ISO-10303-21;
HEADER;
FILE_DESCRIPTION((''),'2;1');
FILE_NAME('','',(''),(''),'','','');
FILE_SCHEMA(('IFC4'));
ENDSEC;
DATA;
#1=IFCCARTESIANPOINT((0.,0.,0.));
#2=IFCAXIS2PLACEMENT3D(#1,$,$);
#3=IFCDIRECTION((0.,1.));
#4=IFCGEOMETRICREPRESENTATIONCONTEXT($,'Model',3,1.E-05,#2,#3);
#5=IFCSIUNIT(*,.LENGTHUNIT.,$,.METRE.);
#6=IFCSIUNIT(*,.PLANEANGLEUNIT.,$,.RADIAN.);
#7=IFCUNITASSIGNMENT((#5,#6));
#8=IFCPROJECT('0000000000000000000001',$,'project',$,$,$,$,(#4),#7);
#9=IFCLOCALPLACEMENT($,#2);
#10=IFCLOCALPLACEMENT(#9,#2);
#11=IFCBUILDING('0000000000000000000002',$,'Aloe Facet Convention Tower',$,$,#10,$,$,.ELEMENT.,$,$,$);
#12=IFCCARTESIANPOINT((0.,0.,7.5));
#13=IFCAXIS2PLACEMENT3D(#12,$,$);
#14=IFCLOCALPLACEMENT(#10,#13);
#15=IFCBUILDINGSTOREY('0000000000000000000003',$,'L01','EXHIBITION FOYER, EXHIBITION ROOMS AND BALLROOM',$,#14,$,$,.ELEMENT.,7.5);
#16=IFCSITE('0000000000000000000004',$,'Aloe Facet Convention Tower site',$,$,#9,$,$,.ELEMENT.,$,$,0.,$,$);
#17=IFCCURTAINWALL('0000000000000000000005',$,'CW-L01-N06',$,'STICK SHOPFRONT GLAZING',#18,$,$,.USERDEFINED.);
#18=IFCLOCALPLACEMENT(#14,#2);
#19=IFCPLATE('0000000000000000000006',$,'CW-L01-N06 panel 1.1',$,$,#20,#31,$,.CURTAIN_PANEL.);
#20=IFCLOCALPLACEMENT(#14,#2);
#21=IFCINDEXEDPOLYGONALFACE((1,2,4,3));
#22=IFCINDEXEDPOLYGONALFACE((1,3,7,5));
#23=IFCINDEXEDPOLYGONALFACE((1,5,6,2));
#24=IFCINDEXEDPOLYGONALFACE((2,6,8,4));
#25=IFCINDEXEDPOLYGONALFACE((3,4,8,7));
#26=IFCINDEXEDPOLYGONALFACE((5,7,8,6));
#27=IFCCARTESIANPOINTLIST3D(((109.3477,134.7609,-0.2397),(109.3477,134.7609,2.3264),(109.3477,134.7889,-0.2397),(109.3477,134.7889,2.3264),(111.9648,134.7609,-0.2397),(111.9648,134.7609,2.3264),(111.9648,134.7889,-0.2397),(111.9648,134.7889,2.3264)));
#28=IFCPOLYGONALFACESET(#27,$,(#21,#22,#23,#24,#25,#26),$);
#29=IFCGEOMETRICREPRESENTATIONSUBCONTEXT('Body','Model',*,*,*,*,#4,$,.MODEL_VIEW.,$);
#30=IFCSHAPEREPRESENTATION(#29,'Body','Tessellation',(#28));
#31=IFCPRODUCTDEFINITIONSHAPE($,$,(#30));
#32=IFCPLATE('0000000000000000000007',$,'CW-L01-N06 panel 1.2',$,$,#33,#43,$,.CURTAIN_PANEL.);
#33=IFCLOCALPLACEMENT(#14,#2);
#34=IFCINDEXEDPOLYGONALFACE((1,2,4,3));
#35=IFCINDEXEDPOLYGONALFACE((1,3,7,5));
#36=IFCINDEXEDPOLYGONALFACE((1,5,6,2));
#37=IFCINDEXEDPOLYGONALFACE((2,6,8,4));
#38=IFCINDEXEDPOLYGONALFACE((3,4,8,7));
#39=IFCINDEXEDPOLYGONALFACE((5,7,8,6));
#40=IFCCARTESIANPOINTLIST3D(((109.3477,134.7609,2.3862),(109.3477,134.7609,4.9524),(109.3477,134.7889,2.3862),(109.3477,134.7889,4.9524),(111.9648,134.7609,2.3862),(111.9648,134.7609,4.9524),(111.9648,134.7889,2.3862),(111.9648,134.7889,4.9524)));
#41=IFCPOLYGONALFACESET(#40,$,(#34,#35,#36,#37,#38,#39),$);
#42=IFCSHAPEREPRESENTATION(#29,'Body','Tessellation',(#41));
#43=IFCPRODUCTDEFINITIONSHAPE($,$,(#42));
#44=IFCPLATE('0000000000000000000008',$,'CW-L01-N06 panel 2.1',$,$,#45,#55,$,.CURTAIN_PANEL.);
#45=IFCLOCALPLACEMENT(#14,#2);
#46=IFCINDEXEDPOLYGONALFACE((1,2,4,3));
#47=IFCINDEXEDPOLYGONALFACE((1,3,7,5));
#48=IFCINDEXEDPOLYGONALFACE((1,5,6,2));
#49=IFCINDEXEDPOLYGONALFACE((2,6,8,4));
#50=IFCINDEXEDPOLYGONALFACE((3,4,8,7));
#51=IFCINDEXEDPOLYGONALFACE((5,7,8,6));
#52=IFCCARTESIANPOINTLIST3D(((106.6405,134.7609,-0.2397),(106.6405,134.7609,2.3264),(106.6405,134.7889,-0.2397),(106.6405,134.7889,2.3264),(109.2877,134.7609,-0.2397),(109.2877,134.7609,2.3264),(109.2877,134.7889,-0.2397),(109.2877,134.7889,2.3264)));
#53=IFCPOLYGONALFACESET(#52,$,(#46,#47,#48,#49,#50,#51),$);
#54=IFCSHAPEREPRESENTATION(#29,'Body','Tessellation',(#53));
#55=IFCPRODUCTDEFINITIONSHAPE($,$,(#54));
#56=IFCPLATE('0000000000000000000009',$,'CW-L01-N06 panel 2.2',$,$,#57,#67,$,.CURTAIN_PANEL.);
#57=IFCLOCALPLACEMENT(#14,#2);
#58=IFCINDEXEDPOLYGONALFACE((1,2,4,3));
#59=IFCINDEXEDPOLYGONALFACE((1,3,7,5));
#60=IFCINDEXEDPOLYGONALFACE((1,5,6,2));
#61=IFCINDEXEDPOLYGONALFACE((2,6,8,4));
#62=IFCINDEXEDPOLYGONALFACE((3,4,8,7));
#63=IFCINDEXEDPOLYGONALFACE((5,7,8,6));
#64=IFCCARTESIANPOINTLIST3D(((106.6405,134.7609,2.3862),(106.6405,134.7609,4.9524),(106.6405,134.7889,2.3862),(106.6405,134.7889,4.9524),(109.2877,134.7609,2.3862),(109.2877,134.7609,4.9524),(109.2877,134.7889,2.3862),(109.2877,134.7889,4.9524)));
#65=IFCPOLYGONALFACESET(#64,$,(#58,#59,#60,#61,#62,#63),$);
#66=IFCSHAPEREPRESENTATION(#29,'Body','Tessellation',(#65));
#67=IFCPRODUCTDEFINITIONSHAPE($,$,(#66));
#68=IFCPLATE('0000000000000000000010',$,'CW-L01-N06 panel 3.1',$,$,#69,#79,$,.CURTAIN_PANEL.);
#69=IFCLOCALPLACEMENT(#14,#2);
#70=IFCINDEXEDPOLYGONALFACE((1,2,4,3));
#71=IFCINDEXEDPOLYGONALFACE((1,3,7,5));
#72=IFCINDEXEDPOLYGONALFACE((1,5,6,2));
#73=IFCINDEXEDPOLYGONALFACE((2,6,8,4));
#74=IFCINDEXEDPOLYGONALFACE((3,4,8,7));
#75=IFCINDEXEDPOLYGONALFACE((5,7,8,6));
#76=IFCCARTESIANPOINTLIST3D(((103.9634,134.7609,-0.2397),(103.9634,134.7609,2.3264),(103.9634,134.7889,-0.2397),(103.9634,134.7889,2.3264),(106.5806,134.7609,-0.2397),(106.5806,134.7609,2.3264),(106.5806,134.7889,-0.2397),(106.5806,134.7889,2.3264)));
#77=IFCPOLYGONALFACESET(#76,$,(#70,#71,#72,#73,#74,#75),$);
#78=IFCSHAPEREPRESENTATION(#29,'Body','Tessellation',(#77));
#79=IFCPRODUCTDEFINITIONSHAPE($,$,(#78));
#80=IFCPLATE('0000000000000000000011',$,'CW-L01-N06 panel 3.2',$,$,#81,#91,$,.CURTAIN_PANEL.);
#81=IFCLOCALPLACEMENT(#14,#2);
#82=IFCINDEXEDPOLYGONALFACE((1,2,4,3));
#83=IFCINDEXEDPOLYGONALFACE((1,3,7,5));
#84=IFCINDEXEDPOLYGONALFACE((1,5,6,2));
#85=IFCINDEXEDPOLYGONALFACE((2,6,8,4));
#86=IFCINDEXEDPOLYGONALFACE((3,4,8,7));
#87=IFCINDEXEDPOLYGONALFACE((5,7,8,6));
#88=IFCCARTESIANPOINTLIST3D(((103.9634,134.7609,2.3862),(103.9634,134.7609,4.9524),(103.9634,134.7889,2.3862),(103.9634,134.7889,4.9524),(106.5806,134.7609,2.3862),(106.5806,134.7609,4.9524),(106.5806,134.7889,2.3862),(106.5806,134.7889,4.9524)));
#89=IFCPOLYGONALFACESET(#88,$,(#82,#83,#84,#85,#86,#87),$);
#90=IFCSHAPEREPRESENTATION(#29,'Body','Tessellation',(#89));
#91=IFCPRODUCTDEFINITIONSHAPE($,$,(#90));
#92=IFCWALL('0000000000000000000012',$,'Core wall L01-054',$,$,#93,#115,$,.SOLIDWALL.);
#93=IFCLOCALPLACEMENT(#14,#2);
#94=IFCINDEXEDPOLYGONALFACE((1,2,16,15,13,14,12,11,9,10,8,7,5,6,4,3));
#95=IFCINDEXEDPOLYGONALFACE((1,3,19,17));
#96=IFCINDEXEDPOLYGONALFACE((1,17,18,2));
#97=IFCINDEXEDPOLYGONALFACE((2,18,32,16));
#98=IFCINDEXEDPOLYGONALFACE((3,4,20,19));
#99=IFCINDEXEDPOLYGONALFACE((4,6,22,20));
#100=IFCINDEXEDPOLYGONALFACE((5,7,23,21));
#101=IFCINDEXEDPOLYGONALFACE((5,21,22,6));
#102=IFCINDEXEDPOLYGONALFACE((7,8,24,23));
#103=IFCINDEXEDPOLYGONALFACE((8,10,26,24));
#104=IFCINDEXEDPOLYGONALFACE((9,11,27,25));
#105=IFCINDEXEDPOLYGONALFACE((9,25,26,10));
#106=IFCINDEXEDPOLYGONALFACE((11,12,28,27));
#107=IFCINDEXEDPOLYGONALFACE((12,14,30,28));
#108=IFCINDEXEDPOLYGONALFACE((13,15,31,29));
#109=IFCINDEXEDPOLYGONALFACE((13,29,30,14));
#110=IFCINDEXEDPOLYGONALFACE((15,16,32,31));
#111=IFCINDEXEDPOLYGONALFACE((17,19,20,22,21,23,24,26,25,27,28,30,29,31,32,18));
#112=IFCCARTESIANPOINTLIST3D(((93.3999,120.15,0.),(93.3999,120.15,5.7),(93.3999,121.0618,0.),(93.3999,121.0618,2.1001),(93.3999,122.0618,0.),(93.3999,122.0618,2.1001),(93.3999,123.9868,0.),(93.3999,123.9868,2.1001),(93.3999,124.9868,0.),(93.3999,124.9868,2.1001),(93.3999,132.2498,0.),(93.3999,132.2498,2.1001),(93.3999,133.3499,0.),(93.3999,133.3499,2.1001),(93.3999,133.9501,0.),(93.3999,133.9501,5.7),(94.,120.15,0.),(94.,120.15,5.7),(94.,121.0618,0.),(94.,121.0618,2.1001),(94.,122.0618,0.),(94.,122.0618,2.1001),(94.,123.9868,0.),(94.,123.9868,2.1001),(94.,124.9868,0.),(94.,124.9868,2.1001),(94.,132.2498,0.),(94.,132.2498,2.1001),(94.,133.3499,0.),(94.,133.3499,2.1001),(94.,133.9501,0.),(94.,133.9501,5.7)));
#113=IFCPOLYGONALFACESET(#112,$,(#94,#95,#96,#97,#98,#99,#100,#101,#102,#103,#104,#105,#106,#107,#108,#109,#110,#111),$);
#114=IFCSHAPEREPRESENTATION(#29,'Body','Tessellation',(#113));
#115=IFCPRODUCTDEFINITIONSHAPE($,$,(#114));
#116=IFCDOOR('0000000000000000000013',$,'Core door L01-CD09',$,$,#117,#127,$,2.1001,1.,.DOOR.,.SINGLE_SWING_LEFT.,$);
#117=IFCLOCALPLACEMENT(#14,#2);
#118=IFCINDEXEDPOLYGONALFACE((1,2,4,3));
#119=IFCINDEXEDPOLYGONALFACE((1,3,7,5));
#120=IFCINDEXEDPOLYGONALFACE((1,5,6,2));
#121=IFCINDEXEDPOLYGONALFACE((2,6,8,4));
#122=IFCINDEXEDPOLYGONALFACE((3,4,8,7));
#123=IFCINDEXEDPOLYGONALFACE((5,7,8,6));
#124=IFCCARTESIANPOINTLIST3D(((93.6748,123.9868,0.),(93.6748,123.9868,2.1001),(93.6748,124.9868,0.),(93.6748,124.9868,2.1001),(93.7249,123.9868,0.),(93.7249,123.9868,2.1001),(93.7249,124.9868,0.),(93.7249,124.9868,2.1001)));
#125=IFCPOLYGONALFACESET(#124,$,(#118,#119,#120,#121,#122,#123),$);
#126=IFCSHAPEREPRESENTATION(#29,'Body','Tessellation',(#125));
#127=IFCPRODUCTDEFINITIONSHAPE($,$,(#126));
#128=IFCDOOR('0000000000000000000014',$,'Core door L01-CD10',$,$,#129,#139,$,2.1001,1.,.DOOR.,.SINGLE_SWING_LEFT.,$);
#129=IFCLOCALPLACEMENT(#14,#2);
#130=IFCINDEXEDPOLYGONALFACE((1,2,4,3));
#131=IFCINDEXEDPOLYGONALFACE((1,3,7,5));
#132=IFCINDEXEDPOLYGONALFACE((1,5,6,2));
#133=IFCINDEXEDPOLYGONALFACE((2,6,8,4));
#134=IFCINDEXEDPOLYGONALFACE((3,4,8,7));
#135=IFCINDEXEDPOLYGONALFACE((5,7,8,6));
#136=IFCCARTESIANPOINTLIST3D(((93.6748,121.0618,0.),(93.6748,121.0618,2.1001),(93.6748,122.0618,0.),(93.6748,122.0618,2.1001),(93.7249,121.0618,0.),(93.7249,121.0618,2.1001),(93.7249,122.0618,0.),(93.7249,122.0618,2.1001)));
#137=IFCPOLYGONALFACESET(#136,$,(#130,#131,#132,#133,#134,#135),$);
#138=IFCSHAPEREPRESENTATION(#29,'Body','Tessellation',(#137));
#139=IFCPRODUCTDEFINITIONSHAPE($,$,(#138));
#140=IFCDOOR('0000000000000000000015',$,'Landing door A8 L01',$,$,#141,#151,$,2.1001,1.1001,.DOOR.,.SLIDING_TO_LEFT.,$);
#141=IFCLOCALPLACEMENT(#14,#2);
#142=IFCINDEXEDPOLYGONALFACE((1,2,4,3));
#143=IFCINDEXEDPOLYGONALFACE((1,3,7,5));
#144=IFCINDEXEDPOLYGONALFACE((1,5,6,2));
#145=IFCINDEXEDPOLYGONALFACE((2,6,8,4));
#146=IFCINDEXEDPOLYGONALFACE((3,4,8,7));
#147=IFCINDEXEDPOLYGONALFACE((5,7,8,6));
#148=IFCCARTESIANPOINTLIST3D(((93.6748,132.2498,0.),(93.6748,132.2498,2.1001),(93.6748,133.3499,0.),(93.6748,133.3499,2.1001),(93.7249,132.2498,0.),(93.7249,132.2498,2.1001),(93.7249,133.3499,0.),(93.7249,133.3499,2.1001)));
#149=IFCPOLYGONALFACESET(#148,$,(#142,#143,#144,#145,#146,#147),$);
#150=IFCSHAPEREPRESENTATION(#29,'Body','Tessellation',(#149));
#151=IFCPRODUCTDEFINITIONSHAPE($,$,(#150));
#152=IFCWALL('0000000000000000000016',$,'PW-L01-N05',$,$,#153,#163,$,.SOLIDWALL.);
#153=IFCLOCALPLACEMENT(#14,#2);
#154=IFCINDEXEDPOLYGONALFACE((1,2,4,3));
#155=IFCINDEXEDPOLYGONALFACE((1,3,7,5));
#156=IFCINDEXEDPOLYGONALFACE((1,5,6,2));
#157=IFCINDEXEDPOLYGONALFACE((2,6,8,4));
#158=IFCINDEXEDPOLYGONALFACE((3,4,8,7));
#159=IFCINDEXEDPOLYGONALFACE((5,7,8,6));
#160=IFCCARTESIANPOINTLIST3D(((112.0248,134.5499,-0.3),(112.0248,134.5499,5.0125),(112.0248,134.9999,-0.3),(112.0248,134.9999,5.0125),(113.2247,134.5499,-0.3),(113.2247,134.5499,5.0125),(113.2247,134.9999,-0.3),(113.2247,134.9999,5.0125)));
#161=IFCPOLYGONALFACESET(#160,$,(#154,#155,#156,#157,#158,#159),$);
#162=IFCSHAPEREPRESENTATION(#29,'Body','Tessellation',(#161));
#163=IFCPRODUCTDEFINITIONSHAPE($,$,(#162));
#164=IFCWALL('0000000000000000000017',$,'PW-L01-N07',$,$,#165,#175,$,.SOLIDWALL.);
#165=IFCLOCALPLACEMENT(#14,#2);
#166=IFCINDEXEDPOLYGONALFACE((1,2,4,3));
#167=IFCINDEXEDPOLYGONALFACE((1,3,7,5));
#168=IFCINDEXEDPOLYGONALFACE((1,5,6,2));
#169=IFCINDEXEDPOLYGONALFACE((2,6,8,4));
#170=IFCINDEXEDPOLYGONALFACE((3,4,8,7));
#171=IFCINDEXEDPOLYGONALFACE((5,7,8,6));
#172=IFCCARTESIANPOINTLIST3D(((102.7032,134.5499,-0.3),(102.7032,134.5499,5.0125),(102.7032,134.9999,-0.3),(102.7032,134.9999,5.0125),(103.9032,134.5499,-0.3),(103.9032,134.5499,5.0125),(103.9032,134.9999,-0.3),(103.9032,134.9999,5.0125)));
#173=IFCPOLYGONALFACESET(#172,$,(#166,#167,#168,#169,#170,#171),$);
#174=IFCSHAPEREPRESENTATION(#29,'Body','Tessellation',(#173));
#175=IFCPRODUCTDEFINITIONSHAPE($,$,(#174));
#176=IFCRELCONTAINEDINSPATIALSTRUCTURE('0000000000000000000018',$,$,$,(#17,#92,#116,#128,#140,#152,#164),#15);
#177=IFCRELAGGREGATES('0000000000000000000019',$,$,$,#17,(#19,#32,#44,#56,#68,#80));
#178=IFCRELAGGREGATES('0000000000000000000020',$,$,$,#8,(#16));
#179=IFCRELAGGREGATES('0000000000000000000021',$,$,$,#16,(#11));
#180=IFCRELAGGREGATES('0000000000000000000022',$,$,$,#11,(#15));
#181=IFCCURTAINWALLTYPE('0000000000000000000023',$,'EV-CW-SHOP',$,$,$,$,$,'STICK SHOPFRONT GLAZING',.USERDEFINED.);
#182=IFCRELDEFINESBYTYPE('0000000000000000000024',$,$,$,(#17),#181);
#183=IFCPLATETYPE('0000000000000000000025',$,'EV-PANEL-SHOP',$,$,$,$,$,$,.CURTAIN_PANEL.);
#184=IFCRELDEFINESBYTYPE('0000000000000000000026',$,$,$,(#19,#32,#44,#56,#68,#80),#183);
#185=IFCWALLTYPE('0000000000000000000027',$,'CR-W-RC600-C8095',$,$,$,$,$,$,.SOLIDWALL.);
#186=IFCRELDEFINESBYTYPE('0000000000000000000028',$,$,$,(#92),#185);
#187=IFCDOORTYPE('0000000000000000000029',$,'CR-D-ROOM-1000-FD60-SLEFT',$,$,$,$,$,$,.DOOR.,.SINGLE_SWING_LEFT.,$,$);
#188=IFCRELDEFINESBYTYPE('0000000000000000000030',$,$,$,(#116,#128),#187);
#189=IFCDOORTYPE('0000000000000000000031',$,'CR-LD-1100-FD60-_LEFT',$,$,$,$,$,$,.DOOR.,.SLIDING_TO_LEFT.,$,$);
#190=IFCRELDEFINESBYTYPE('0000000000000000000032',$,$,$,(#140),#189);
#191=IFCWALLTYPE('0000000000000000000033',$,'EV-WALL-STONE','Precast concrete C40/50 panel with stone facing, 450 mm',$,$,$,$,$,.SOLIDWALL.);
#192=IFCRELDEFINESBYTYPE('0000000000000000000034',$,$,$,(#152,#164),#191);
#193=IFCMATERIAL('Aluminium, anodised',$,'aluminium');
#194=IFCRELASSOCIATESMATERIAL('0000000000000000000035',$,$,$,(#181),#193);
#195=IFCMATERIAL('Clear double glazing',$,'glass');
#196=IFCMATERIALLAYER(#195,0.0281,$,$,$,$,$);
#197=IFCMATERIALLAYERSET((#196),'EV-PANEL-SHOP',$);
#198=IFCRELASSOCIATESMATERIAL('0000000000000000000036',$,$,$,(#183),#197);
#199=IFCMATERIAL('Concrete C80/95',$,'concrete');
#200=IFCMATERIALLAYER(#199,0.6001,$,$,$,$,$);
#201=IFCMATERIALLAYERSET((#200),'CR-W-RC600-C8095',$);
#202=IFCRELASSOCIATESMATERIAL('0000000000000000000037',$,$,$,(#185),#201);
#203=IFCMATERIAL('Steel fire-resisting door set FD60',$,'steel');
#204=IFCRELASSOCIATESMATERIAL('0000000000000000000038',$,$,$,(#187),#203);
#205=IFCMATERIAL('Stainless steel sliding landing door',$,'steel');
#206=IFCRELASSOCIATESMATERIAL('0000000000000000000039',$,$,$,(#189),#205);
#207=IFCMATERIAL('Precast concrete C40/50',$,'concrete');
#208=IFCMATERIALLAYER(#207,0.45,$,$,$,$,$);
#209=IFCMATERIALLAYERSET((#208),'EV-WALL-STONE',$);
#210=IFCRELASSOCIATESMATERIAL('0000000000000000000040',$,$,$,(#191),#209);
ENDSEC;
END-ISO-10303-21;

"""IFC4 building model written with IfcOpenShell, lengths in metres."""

from ifc_helpers import new_model, si_unit, direction, frame, frame_2d, origin, origin_2d, place, context, subcontext, project, spatial, rectangle, extrude, material, layer, layer_set, type_object, element, fill, aggregate, save


model = new_model("IFC4")

# Units and contexts
model_context = context("Model", 3, precision=1e-05, world=origin(), true_north=direction((0.0, 1.0)))
body_context = subcontext(model_context, "Body", "Model", "MODEL_VIEW")
ifc_project = project(units=[si_unit("LENGTHUNIT", "METRE"), si_unit("PLANEANGLEUNIT", "RADIAN")], contexts=[model_context])

# Site, building, storey
site_placement = place(None, origin())
site = spatial("IfcSite", under=ifc_project, at=site_placement, Name="Aloe Facet Convention Tower site", CompositionType="ELEMENT", RefElevation=0.0)
building_placement = place(site_placement, origin())
building = spatial("IfcBuilding", under=site, at=building_placement, Name="Aloe Facet Convention Tower", CompositionType="ELEMENT")
storey_placement = place(building_placement, frame((0.0, 0.0, 7.5)))
storey = spatial("IfcBuildingStorey", under=building, at=storey_placement, Name="L01", Description="EXHIBITION FOYER, EXHIBITION ROOMS AND BALLROOM", CompositionType="ELEMENT", Elevation=7.5)

# Shared definitions
ifc_material_1 = material(Name="Aluminium, anodised", Category="aluminium")
curtain_wall_type = type_object("IfcCurtainWallType", Name="EV-CW-SHOP", ElementType="STICK SHOPFRONT GLAZING", PredefinedType="USERDEFINED", material=ifc_material_1)

# Curtain wall
curtain_wall_1_placement = place(storey_placement, origin())
curtain_wall_1 = element("IfcCurtainWall", 1, at=curtain_wall_1_placement, inside=storey, type_object=curtain_wall_type, Name="CW-L01-N06", ObjectType="STICK SHOPFRONT GLAZING", PredefinedType="USERDEFINED")

# Plates
ifc_material_2 = material(Name="Clear double glazing", Category="glass")
ifc_layer_1 = layer(ifc_material_2, 0.0281)
ifc_layer_set_1 = layer_set([ifc_layer_1], Name="EV-PANEL-SHOP")
plate_type = type_object("IfcPlateType", Name="EV-PANEL-SHOP", PredefinedType="CURTAIN_PANEL", material=ifc_layer_set_1)
plate_1_placement = place(storey_placement, frame((110.6562, 134.7749, -0.2397), z_axis=(0.0, 0.0, 1.0), x_axis=(-1.0, 0.0, 0.0)))
plate_1 = element("IfcPlate", 2, at=plate_1_placement, type_object=plate_type, Name="CW-L01-N06 panel 1.1", PredefinedType="CURTAIN_PANEL", context=body_context, shape_type="SweptSolid", body=[
    extrude(rectangle(XDim=2.6172, YDim=0.0281, at=origin_2d()), origin(), (0.0, 0.0, 1.0), 2.5662),
])
plate_2_placement = place(storey_placement, frame((110.6562, 134.7749, 2.3862), z_axis=(0.0, 0.0, 1.0), x_axis=(-1.0, 0.0, 0.0)))
plate_2 = element("IfcPlate", 3, at=plate_2_placement, type_object=plate_type, Name="CW-L01-N06 panel 1.2", PredefinedType="CURTAIN_PANEL", context=body_context, shape_type="SweptSolid", body=[
    extrude(rectangle(XDim=2.6172, YDim=0.0281, at=origin_2d()), origin(), (0.0, 0.0, 1.0), 2.5662),
])
plate_3_placement = place(storey_placement, frame((107.9641, 134.7749, -0.2397), z_axis=(0.0, 0.0, 1.0), x_axis=(-1.0, 0.0, 0.0)))
plate_3 = element("IfcPlate", 4, at=plate_3_placement, type_object=plate_type, Name="CW-L01-N06 panel 2.1", PredefinedType="CURTAIN_PANEL", context=body_context, shape_type="SweptSolid", body=[
    extrude(rectangle(XDim=2.6472, YDim=0.0281, at=origin_2d()), origin(), (0.0, 0.0, 1.0), 2.5662),
])
plate_4_placement = place(storey_placement, frame((107.9641, 134.7749, 2.3862), z_axis=(0.0, 0.0, 1.0), x_axis=(-1.0, 0.0, 0.0)))
plate_4 = element("IfcPlate", 5, at=plate_4_placement, type_object=plate_type, Name="CW-L01-N06 panel 2.2", PredefinedType="CURTAIN_PANEL", context=body_context, shape_type="SweptSolid", body=[
    extrude(rectangle(XDim=2.6472, YDim=0.0281, at=origin_2d()), origin(), (0.0, 0.0, 1.0), 2.5662),
])
plate_5_placement = place(storey_placement, frame((105.272, 134.7749, -0.2397), z_axis=(0.0, 0.0, 1.0), x_axis=(-1.0, 0.0, 0.0)))
plate_5 = element("IfcPlate", 6, at=plate_5_placement, type_object=plate_type, Name="CW-L01-N06 panel 3.1", PredefinedType="CURTAIN_PANEL", context=body_context, shape_type="SweptSolid", body=[
    extrude(rectangle(XDim=2.6172, YDim=0.0281, at=origin_2d()), origin(), (0.0, 0.0, 1.0), 2.5662),
])
plate_6_placement = place(storey_placement, frame((105.272, 134.7749, 2.3862), z_axis=(0.0, 0.0, 1.0), x_axis=(-1.0, 0.0, 0.0)))
plate_6 = element("IfcPlate", 7, at=plate_6_placement, type_object=plate_type, Name="CW-L01-N06 panel 3.2", PredefinedType="CURTAIN_PANEL", context=body_context, shape_type="SweptSolid", body=[
    extrude(rectangle(XDim=2.6172, YDim=0.0281, at=origin_2d()), origin(), (0.0, 0.0, 1.0), 2.5662),
])
aggregate(curtain_wall_1, [plate_1, plate_2, plate_3, plate_4, plate_5, plate_6])

# Wall, openings, doors
ifc_material_3 = material(Name="Concrete C80/95", Category="concrete")
ifc_layer_2 = layer(ifc_material_3, 0.6001)
ifc_layer_set_2 = layer_set([ifc_layer_2], Name="CR-W-RC600-C8095")
wall_type_1 = type_object("IfcWallType", Name="CR-W-RC600-C8095", PredefinedType="SOLIDWALL", material=ifc_layer_set_2)
wall_1_placement = place(storey_placement, frame((93.7, 133.95, 0.0), z_axis=(0.0, 0.0, 1.0), x_axis=(0.0, -1.0, 0.0)))
wall_1 = element("IfcWall", 8, at=wall_1_placement, inside=storey, type_object=wall_type_1, Name="Core wall L01-054", PredefinedType="SOLIDWALL", context=body_context, shape_type="SweptSolid", body=[
    extrude(rectangle(XDim=13.8, YDim=0.6001, at=frame_2d((6.8999, 0.0))), origin(), (0.0, 0.0, 1.0), 5.7),
])
opening_1_placement = place(wall_1_placement, frame((0.6001, 0.0, 0.0)))
opening_1 = element("IfcOpeningElement", 9, at=opening_1_placement, cuts=wall_1, PredefinedType="OPENING", context=body_context, shape_type="SweptSolid", body=[
    extrude(rectangle(XDim=1.1001, YDim=2.1001, at=frame_2d((0.55, 1.05))), frame((0.0, 0.3101, 0.0), z_axis=(0.0, -1.0, 0.0), x_axis=(1.0, 0.0, 0.0)), (0.0, 0.0, 1.0), 0.6201),
])
opening_2_placement = place(wall_1_placement, frame((8.9631, 0.0, 0.0)))
opening_2 = element("IfcOpeningElement", 10, at=opening_2_placement, cuts=wall_1, PredefinedType="OPENING", context=body_context, shape_type="SweptSolid", body=[
    extrude(rectangle(XDim=1.0, YDim=2.1001, at=frame_2d((0.5, 1.05))), frame((0.0, 0.3101, 0.0), z_axis=(0.0, -1.0, 0.0), x_axis=(1.0, 0.0, 0.0)), (0.0, 0.0, 1.0), 0.6201),
])
opening_3_placement = place(wall_1_placement, frame((11.8882, 0.0, 0.0)))
opening_3 = element("IfcOpeningElement", 11, at=opening_3_placement, cuts=wall_1, PredefinedType="OPENING", context=body_context, shape_type="SweptSolid", body=[
    extrude(rectangle(XDim=1.0, YDim=2.1001, at=frame_2d((0.5, 1.05))), frame((0.0, 0.3101, 0.0), z_axis=(0.0, -1.0, 0.0), x_axis=(1.0, 0.0, 0.0)), (0.0, 0.0, 1.0), 0.6201),
])
ifc_material_4 = material(Name="Steel fire-resisting door set FD60", Category="steel")
door_type_1 = type_object("IfcDoorType", Name="CR-D-ROOM-1000-FD60-SLEFT", OperationType="SINGLE_SWING_LEFT", PredefinedType="DOOR", material=ifc_material_4)
door_1_placement = place(opening_2_placement, origin())
door_1 = element("IfcDoor", 12, at=door_1_placement, inside=storey, type_object=door_type_1, Name="Core door L01-CD09", OperationType="SINGLE_SWING_LEFT", OverallHeight=2.1001, OverallWidth=1.0, PredefinedType="DOOR", context=body_context, shape_type="SweptSolid", body=[
    extrude(rectangle(XDim=1.0, YDim=2.1001, at=frame_2d((0.5, 1.05))), frame((0.0, 0.0249, 0.0), z_axis=(0.0, -1.0, 0.0), x_axis=(1.0, 0.0, 0.0)), (0.0, 0.0, 1.0), 0.05),
])
fill(opening_2, door_1)
door_2_placement = place(opening_3_placement, origin())
door_2 = element("IfcDoor", 13, at=door_2_placement, inside=storey, type_object=door_type_1, Name="Core door L01-CD10", OperationType="SINGLE_SWING_LEFT", OverallHeight=2.1001, OverallWidth=1.0, PredefinedType="DOOR", context=body_context, shape_type="SweptSolid", body=[
    extrude(rectangle(XDim=1.0, YDim=2.1001, at=frame_2d((0.5, 1.05))), frame((0.0, 0.0249, 0.0), z_axis=(0.0, -1.0, 0.0), x_axis=(1.0, 0.0, 0.0)), (0.0, 0.0, 1.0), 0.05),
])
fill(opening_3, door_2)
ifc_material_5 = material(Name="Stainless steel sliding landing door", Category="steel")
door_type_2 = type_object("IfcDoorType", Name="CR-LD-1100-FD60-_LEFT", OperationType="SLIDING_TO_LEFT", PredefinedType="DOOR", material=ifc_material_5)
door_3_placement = place(opening_1_placement, origin())
door_3 = element("IfcDoor", 14, at=door_3_placement, inside=storey, type_object=door_type_2, Name="Landing door A8 L01", OperationType="SLIDING_TO_LEFT", OverallHeight=2.1001, OverallWidth=1.1001, PredefinedType="DOOR", context=body_context, shape_type="SweptSolid", body=[
    extrude(rectangle(XDim=1.1001, YDim=2.1001, at=frame_2d((0.55, 1.05))), frame((0.0, 0.0249, 0.0), z_axis=(0.0, -1.0, 0.0), x_axis=(1.0, 0.0, 0.0)), (0.0, 0.0, 1.0), 0.05),
])
fill(opening_1, door_3)

# Walls
ifc_material_6 = material(Name="Precast concrete C40/50", Category="concrete")
ifc_layer_3 = layer(ifc_material_6, 0.45)
ifc_layer_set_3 = layer_set([ifc_layer_3], Name="EV-WALL-STONE")
wall_type_2 = type_object("IfcWallType", Name="EV-WALL-STONE", Description="Precast concrete C40/50 panel with stone facing, 450 mm", PredefinedType="SOLIDWALL", material=ifc_layer_set_3)
for number, where, z_axis, x_axis, name in (
    (15, (113.2249, 134.7749, -0.3), (0.0, 0.0, 1.0), (-1.0, 0.0, 0.0), "PW-L01-N05"),
    (16, (103.9033, 134.7749, -0.3), (0.0, 0.0, 1.0), (-1.0, 0.0, 0.0), "PW-L01-N07"),
):
    element("IfcWall", number, at=place(storey_placement, frame(where, z_axis=z_axis, x_axis=x_axis)), inside=storey, type_object=wall_type_2, Name=name, PredefinedType="SOLIDWALL", context=body_context, shape_type="SweptSolid", body=[
        extrude(rectangle(XDim=1.2, YDim=0.45, at=frame_2d((0.6001, 0.0))), origin(), (0.0, 0.0, 1.0), 5.3125),
    ])

save(model, "model.ifc")
